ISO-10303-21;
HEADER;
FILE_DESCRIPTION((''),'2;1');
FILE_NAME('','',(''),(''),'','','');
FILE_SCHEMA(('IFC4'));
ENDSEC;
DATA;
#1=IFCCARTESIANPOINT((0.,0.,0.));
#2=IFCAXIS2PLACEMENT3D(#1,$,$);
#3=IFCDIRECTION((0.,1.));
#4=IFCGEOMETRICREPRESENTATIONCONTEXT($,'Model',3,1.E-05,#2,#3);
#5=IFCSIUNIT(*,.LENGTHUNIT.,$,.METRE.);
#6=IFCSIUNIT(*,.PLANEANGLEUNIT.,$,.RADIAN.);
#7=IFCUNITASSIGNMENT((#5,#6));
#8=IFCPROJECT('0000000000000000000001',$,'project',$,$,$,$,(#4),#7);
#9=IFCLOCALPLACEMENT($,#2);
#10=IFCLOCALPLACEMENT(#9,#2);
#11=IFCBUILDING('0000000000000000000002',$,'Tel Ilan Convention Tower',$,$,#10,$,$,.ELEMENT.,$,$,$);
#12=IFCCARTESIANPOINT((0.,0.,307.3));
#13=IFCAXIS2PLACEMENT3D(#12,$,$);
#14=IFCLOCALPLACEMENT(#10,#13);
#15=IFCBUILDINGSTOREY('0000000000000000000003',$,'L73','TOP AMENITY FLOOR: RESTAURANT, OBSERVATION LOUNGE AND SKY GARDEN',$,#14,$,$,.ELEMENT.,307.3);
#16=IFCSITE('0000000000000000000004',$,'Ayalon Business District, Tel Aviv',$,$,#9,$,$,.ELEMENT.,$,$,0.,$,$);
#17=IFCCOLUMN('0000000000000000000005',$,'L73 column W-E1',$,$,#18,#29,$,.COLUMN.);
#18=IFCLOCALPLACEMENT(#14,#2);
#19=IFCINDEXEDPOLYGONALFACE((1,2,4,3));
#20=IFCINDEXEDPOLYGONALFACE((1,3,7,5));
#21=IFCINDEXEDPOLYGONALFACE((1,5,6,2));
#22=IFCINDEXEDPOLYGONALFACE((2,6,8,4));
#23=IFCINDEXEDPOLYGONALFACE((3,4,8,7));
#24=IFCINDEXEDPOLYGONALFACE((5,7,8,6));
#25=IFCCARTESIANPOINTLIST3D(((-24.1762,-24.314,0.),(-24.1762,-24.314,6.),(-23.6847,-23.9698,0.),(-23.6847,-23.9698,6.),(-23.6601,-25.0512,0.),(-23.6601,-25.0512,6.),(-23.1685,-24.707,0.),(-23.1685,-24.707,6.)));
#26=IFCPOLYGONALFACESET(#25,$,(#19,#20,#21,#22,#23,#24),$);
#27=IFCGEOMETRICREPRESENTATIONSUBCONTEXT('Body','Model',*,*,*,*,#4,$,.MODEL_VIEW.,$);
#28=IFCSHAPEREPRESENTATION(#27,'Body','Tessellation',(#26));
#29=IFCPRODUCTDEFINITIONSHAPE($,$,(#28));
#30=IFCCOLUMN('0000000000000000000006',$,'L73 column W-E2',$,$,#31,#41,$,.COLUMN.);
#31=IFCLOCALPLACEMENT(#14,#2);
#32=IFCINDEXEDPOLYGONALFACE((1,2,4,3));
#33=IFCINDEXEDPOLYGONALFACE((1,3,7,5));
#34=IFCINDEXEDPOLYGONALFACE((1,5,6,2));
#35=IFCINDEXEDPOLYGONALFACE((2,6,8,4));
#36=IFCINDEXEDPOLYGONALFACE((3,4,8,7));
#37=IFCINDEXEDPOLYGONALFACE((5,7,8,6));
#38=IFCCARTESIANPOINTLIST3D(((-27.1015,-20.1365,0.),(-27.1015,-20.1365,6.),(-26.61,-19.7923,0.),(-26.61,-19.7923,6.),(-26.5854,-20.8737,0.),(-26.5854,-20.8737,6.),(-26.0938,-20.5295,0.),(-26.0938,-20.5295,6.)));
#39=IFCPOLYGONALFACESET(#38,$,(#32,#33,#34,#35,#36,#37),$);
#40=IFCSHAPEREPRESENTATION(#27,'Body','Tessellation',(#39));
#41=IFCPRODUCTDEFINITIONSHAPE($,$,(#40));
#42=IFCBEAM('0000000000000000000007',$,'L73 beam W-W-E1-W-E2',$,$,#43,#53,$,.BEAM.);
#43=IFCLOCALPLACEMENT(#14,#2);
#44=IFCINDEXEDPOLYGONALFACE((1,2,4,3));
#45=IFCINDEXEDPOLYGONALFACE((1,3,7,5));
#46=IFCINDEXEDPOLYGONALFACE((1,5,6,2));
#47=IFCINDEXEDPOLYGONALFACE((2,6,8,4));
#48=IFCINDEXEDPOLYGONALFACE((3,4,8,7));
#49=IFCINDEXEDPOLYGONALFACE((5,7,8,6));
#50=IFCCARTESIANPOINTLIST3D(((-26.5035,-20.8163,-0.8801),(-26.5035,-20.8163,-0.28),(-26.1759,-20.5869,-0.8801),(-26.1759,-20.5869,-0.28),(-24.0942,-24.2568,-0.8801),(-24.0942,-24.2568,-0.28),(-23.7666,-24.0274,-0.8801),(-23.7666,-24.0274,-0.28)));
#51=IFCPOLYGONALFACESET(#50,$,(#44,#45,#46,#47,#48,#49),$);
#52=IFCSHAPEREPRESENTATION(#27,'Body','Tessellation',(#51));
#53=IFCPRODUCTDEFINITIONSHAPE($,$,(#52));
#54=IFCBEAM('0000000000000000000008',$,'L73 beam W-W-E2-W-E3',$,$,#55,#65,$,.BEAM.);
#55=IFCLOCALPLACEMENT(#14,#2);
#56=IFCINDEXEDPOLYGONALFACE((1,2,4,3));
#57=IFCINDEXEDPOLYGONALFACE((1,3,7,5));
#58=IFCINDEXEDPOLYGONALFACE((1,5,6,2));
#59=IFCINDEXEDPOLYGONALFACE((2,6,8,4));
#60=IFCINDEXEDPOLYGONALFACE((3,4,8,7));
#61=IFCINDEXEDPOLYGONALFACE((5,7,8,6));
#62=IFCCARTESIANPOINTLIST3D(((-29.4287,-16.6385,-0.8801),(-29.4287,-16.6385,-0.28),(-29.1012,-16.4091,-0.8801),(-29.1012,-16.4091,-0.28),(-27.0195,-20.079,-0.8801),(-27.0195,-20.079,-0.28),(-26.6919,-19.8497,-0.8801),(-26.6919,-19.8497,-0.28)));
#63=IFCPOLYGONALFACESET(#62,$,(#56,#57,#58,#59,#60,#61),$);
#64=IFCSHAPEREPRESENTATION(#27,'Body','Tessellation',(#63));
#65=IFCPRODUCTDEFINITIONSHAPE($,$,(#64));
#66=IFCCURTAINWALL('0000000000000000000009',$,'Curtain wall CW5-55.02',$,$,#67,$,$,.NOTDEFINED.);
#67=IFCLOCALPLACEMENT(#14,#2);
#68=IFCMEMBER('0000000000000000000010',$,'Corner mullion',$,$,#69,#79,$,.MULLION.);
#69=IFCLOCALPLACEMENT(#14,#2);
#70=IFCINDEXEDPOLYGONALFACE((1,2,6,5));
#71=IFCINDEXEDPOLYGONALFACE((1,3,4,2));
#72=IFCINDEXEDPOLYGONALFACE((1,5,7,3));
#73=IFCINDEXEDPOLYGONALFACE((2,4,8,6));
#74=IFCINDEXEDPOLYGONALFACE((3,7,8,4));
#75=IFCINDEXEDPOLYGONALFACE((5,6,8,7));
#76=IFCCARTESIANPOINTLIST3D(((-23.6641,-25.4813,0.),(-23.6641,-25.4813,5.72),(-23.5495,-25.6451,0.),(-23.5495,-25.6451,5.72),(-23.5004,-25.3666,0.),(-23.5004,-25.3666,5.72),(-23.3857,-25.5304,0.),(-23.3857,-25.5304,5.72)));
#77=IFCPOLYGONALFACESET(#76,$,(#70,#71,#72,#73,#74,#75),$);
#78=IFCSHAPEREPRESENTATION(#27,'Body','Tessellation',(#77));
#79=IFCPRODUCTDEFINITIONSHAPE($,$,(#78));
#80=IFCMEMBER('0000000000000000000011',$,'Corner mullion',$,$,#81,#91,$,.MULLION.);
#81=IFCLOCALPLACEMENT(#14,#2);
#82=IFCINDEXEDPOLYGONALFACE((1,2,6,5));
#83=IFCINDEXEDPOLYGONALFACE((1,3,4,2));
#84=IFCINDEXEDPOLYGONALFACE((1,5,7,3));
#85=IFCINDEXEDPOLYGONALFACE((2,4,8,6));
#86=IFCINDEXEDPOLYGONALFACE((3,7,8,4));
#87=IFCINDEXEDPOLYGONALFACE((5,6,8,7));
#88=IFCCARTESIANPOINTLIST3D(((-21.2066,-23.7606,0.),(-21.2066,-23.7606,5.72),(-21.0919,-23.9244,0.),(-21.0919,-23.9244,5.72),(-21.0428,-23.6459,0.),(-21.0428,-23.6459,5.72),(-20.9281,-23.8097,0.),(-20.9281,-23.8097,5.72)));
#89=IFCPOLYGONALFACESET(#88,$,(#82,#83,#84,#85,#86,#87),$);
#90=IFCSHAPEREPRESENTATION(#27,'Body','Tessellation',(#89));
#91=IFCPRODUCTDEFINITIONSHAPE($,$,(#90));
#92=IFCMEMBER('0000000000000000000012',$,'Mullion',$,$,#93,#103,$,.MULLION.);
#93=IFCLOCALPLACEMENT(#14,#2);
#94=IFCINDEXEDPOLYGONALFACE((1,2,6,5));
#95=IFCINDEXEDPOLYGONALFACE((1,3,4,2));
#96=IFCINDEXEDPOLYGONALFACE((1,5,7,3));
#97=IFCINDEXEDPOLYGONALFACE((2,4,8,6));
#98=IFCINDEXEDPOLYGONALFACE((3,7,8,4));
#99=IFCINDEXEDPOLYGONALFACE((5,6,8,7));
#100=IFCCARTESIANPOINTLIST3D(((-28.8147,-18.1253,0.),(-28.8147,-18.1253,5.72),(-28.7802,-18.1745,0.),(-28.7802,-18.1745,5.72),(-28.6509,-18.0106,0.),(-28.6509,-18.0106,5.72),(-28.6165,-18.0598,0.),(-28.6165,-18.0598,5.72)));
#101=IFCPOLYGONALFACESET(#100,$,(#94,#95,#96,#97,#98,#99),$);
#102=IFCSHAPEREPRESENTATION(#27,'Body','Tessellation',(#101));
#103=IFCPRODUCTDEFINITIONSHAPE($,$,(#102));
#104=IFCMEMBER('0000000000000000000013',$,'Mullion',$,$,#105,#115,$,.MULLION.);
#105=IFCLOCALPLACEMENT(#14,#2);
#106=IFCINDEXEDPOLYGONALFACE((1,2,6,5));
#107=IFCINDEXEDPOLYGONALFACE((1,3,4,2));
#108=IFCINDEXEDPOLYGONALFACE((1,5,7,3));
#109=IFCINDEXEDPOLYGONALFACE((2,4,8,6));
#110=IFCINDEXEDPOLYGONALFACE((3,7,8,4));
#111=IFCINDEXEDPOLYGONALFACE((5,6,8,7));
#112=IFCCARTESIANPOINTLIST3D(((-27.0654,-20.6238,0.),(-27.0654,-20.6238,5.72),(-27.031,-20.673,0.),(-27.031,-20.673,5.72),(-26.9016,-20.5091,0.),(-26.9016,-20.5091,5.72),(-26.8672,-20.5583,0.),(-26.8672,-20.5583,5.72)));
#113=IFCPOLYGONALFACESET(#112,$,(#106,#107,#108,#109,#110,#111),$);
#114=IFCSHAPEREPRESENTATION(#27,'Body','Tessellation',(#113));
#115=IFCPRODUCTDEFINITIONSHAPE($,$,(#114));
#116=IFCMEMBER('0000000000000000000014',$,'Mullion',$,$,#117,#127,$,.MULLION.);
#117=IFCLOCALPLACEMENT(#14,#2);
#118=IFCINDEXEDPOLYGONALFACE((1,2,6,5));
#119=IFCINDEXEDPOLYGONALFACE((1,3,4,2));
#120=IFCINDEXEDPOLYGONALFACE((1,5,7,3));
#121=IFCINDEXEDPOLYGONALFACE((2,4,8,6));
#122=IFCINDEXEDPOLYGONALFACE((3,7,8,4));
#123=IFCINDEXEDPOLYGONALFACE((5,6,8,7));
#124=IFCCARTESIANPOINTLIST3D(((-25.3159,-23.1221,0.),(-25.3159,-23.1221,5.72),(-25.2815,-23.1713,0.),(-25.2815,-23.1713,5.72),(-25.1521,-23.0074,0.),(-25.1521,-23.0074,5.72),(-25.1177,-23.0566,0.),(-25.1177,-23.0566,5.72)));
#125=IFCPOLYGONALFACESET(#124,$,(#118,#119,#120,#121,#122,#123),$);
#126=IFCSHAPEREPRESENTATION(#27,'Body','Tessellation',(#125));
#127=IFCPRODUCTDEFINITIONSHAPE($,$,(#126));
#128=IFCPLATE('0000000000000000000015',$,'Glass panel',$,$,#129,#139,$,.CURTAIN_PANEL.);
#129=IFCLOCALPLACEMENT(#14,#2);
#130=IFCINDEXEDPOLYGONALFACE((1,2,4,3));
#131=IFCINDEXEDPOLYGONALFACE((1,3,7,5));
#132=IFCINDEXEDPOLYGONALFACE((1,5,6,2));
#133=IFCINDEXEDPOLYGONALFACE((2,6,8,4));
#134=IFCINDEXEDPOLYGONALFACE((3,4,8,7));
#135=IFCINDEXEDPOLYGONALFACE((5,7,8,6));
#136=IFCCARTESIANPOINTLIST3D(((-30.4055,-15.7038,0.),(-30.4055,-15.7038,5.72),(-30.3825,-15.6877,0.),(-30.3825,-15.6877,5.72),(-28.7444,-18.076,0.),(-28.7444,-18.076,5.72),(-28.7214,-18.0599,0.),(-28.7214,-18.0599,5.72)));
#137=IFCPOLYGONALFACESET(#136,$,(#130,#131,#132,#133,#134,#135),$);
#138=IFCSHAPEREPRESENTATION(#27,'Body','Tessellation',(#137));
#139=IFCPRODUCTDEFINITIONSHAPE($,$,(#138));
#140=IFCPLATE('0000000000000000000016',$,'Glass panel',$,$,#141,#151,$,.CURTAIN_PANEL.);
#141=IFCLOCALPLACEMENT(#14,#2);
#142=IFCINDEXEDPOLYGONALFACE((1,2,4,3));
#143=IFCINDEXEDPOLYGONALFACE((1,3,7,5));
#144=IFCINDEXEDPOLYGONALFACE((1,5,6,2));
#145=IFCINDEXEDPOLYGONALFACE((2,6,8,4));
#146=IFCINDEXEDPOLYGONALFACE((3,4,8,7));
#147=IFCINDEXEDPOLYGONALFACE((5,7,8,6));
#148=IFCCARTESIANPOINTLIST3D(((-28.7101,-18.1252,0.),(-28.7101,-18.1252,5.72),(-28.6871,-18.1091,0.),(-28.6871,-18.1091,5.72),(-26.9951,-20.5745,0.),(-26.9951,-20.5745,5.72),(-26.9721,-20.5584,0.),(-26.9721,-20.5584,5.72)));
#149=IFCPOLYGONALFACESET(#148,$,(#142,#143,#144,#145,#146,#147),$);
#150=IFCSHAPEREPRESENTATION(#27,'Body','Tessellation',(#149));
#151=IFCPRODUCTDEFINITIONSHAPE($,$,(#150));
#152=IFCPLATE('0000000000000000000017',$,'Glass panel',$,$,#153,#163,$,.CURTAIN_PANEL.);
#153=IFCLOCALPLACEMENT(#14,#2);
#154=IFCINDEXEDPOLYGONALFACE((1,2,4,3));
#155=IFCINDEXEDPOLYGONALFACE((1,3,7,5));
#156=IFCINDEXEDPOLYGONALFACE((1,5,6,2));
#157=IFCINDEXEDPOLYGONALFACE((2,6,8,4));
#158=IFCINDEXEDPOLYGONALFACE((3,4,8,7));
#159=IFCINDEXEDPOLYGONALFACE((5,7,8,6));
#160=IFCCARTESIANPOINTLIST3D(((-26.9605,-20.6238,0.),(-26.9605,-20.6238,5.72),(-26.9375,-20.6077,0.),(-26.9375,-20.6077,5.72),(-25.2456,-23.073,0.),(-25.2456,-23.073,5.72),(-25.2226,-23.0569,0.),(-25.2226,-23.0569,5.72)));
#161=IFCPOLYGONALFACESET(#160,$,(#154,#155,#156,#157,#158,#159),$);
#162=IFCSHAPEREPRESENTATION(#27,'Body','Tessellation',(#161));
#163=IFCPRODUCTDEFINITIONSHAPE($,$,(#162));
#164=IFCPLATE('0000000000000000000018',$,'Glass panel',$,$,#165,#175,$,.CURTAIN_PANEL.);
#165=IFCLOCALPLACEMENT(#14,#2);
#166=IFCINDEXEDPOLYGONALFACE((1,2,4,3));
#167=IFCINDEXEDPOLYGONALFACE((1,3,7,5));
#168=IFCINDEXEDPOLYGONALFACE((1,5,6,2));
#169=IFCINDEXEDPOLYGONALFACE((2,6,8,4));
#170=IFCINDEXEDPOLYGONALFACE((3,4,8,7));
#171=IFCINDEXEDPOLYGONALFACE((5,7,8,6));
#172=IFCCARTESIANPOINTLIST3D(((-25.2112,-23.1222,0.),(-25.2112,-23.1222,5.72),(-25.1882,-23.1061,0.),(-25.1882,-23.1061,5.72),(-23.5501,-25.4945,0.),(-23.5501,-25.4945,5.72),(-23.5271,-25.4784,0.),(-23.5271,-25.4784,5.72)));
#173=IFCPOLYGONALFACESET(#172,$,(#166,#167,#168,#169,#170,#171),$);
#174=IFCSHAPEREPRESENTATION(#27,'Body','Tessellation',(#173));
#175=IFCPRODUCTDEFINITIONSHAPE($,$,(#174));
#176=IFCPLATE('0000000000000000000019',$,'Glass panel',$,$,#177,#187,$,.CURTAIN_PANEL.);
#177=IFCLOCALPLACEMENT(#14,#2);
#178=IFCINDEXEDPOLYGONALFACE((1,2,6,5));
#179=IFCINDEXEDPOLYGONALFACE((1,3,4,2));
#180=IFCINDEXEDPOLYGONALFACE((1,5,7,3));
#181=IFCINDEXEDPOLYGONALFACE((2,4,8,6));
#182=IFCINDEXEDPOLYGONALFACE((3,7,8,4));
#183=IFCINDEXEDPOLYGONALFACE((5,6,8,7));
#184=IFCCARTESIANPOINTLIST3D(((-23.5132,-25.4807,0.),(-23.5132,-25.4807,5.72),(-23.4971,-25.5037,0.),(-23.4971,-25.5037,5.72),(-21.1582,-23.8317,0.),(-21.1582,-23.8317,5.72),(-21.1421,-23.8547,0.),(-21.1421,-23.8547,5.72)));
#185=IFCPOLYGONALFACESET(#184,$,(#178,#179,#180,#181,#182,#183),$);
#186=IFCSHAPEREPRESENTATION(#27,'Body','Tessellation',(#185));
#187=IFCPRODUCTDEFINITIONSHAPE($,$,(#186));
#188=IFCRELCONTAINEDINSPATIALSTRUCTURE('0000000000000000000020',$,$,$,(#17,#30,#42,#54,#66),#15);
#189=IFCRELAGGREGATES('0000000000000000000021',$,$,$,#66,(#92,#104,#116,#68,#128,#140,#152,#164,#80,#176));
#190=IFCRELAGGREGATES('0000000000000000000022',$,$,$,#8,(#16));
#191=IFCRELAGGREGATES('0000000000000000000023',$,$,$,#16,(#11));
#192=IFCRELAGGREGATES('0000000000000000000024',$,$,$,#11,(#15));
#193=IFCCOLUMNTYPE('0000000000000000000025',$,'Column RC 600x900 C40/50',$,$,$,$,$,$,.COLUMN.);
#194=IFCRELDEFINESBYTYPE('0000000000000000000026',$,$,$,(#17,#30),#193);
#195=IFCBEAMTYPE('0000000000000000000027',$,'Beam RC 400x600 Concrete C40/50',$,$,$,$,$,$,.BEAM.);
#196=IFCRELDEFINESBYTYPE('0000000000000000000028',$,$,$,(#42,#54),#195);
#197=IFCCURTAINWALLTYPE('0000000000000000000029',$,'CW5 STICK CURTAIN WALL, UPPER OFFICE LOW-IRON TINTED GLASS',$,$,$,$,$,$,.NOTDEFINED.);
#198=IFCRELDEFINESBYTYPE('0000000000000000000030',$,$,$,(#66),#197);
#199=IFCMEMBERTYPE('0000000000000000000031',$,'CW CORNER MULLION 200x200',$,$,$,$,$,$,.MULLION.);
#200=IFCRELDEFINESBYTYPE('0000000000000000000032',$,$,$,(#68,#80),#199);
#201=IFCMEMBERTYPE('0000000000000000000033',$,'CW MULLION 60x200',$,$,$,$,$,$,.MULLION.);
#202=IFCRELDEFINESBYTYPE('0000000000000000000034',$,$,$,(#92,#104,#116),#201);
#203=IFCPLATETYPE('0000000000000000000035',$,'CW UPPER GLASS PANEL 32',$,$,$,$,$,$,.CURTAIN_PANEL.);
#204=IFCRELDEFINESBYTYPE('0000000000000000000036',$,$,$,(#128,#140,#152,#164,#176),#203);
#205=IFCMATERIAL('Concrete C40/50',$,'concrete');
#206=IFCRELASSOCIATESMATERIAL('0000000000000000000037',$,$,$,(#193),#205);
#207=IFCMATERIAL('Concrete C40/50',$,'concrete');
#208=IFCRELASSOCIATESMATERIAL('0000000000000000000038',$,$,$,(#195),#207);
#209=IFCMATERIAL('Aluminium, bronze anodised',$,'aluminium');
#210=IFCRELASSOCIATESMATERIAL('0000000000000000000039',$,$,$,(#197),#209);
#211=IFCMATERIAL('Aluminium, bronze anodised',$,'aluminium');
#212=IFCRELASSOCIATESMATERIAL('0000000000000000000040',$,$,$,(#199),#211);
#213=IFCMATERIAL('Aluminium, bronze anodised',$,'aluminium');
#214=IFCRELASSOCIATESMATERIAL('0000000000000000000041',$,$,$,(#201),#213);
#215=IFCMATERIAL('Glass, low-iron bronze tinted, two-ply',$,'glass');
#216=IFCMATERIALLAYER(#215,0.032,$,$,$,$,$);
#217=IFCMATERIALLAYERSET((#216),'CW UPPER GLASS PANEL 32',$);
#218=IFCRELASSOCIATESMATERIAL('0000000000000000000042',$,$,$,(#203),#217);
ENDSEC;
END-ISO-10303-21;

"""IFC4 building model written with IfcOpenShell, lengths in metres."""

from ifc_helpers import new_model, si_unit, direction, frame, origin, origin_2d, place, context, subcontext, project, spatial, rectangle, extrude, material, layer, layer_set, material_profile, profile_set, type_object, element, aggregate, save


model = new_model("IFC4")

# Units and contexts
model_context = context("Model", 3, precision=1e-05, world=origin(), true_north=direction((0.0, 1.0)))
body_context = subcontext(model_context, "Body", "Model", "MODEL_VIEW")
ifc_project = project(units=[si_unit("LENGTHUNIT", "METRE"), si_unit("PLANEANGLEUNIT", "RADIAN")], contexts=[model_context])

# Site, building, storey
site_placement = place(None, origin())
site = spatial("IfcSite", under=ifc_project, at=site_placement, Name="Ayalon Business District, Tel Aviv", CompositionType="ELEMENT", RefElevation=0.0)
building_placement = place(site_placement, origin())
building = spatial("IfcBuilding", under=site, at=building_placement, Name="Tel Ilan Convention Tower", CompositionType="ELEMENT")
storey_placement = place(building_placement, frame((0.0, 0.0, 307.3)))
storey = spatial("IfcBuildingStorey", under=building, at=storey_placement, Name="L73", Description="TOP AMENITY FLOOR: RESTAURANT, OBSERVATION LOUNGE AND SKY GARDEN", CompositionType="ELEMENT", Elevation=307.3)

# Columns
ifc_material_1 = material(Name="Concrete C40/50", Category="concrete")
ifc_material_profile_1 = material_profile(ifc_material_1, rectangle(XDim=0.8999, YDim=0.6001, at=origin_2d()), Name="RC 600x900")
ifc_profile_set_1 = profile_set([ifc_material_profile_1], Name="Concrete C40/50")
column_type = type_object("IfcColumnType", Name="Column RC 600x900 C40/50", PredefinedType="COLUMN", material=ifc_profile_set_1)
for number, where, z_axis, x_axis, name in (
    (1, (-23.6724, -24.5105, 0.0), (0.0, 0.0, 1.0), (-0.573576, 0.819152, 0.0), "L73 column W-E1"),
    (2, (-26.5977, -20.333, 0.0), (0.0, 0.0, 1.0), (-0.573576, 0.819152, 0.0), "L73 column W-E2"),
):
    element("IfcColumn", number, at=place(storey_placement, frame(where, z_axis=z_axis, x_axis=x_axis)), inside=storey, type_object=column_type, Name=name, PredefinedType="COLUMN", context=body_context, shape_type="SweptSolid", body=[
        extrude(rectangle(XDim=0.8999, YDim=0.6001, at=origin_2d()), origin(), (0.0, 0.0, 1.0), 6.0),
    ])

# Beams
ifc_material_2 = material(Name="Concrete C40/50", Category="concrete")
ifc_material_profile_2 = material_profile(ifc_material_2, rectangle(XDim=0.3999, YDim=0.6001, at=origin_2d()), Name="RC 400x600")
ifc_profile_set_2 = profile_set([ifc_material_profile_2], Name="Concrete C40/50")
beam_type = type_object("IfcBeamType", Name="Beam RC 400x600 Concrete C40/50", PredefinedType="BEAM", material=ifc_profile_set_2)
for number, where, z_axis, x_axis, name in (
    (3, (-23.9304, -24.1421, -0.5801), (-0.573603, 0.819134, 0.0), (-0.819134, -0.573603, 0.0), "L73 beam W-W-E1-W-E2"),
    (4, (-26.8557, -19.9644, -0.5801), (-0.573603, 0.819134, 0.0), (-0.819134, -0.573603, 0.0), "L73 beam W-W-E2-W-E3"),
):
    element("IfcBeam", number, at=place(storey_placement, frame(where, z_axis=z_axis, x_axis=x_axis)), inside=storey, type_object=beam_type, Name=name, PredefinedType="BEAM", context=body_context, shape_type="SweptSolid", body=[
        extrude(rectangle(XDim=0.3999, YDim=0.6001, at=origin_2d()), origin(), (0.0, 0.0, 1.0), 4.2002),
    ])

# Curtain wall, members, plates
ifc_material_3 = material(Name="Aluminium, bronze anodised", Category="aluminium")
curtain_wall_type = type_object("IfcCurtainWallType", Name="CW5 STICK CURTAIN WALL, UPPER OFFICE LOW-IRON TINTED GLASS", PredefinedType="NOTDEFINED", material=ifc_material_3)
curtain_wall_placement = place(storey_placement, origin())
curtain_wall = element("IfcCurtainWall", 5, at=curtain_wall_placement, inside=storey, type_object=curtain_wall_type, Name="Curtain wall CW5-55.02", PredefinedType="NOTDEFINED")
ifc_material_4 = material(Name="Aluminium, bronze anodised", Category="aluminium")
ifc_material_profile_3 = material_profile(ifc_material_4, rectangle(XDim=0.2, YDim=0.2, at=origin_2d()), Name="CW CORNER MULLION 200x200")
ifc_profile_set_3 = profile_set([ifc_material_profile_3], Name="Aluminium, bronze anodised")
member_type_1 = type_object("IfcMemberType", Name="CW CORNER MULLION 200x200", PredefinedType="MULLION", material=ifc_profile_set_3)
member_1_placement = place(storey_placement, frame((-23.5249, -25.5059, 0.0), z_axis=(0.0, 0.0, 1.0), x_axis=(0.573576, -0.819152, 0.0)))
member_1 = element("IfcMember", 6, at=member_1_placement, type_object=member_type_1, Name="Corner mullion", PredefinedType="MULLION", context=body_context, shape_type="SweptSolid", body=[
    extrude(rectangle(XDim=0.2, YDim=0.2, at=origin_2d()), origin(), (0.0, 0.0, 1.0), 5.72),
])
member_2_placement = place(storey_placement, frame((-21.0674, -23.7852, 0.0), z_axis=(0.0, 0.0, 1.0), x_axis=(0.819152, 0.573576, 0.0)))
member_2 = element("IfcMember", 7, at=member_2_placement, type_object=member_type_1, Name="Corner mullion", PredefinedType="MULLION", context=body_context, shape_type="SweptSolid", body=[
    extrude(rectangle(XDim=0.2, YDim=0.2, at=origin_2d()), origin(), (0.0, 0.0, 1.0), 5.72),
])
ifc_material_5 = material(Name="Aluminium, bronze anodised", Category="aluminium")
ifc_material_profile_4 = material_profile(ifc_material_5, rectangle(XDim=0.0601, YDim=0.2, at=origin_2d()), Name="CW MULLION 60x200")
ifc_profile_set_4 = profile_set([ifc_material_profile_4], Name="Aluminium, bronze anodised")
member_type_2 = type_object("IfcMemberType", Name="CW MULLION 60x200", PredefinedType="MULLION", material=ifc_profile_set_4)
member_3_placement = place(storey_placement, frame((-28.7156, -18.0925, 0.0), z_axis=(0.0, 0.0, 1.0), x_axis=(0.573576, -0.819152, 0.0)))
member_3 = element("IfcMember", 8, at=member_3_placement, type_object=member_type_2, Name="Mullion", PredefinedType="MULLION", context=body_context, shape_type="SweptSolid", body=[
    extrude(rectangle(XDim=0.0601, YDim=0.2, at=origin_2d()), origin(), (0.0, 0.0, 1.0), 5.72),
])
member_4_placement = place(storey_placement, frame((-26.9663, -20.5911, 0.0), z_axis=(0.0, 0.0, 1.0), x_axis=(0.573576, -0.819152, 0.0)))
member_4 = element("IfcMember", 9, at=member_4_placement, type_object=member_type_2, Name="Mullion", PredefinedType="MULLION", context=body_context, shape_type="SweptSolid", body=[
    extrude(rectangle(XDim=0.0601, YDim=0.2, at=origin_2d()), origin(), (0.0, 0.0, 1.0), 5.72),
])
member_5_placement = place(storey_placement, frame((-25.2168, -23.0894, 0.0), z_axis=(0.0, 0.0, 1.0), x_axis=(0.573576, -0.819152, 0.0)))
member_5 = element("IfcMember", 10, at=member_5_placement, type_object=member_type_2, Name="Mullion", PredefinedType="MULLION", context=body_context, shape_type="SweptSolid", body=[
    extrude(rectangle(XDim=0.0601, YDim=0.2, at=origin_2d()), origin(), (0.0, 0.0, 1.0), 5.72),
])
ifc_material_6 = material(Name="Glass, low-iron bronze tinted, two-ply", Category="glass")
ifc_layer_1 = layer(ifc_material_6, 0.032)
ifc_layer_set_1 = layer_set([ifc_layer_1], Name="CW UPPER GLASS PANEL 32")
plate_type = type_object("IfcPlateType", Name="CW UPPER GLASS PANEL 32", PredefinedType="CURTAIN_PANEL", material=ifc_layer_set_1)
plate_1_placement = place(storey_placement, frame((-29.5635, -16.8818, 0.0), z_axis=(0.0, 0.0, 1.0), x_axis=(0.573576, -0.819152, 0.0)))
plate_1 = element("IfcPlate", 11, at=plate_1_placement, type_object=plate_type, Name="Glass panel", PredefinedType="CURTAIN_PANEL", context=body_context, shape_type="SweptSolid", body=[
    extrude(rectangle(XDim=2.896, YDim=0.0281, at=origin_2d()), origin(), (0.0, 0.0, 1.0), 5.72),
])
plate_2_placement = place(storey_placement, frame((-27.8411, -19.3418, 0.0), z_axis=(0.0, 0.0, 1.0), x_axis=(0.573576, -0.819152, 0.0)))
plate_2 = element("IfcPlate", 12, at=plate_2_placement, type_object=plate_type, Name="Glass panel", PredefinedType="CURTAIN_PANEL", context=body_context, shape_type="SweptSolid", body=[
    extrude(rectangle(XDim=2.99, YDim=0.0281, at=origin_2d()), origin(), (0.0, 0.0, 1.0), 5.72),
])
plate_3_placement = place(storey_placement, frame((-26.0916, -21.8403, 0.0), z_axis=(0.0, 0.0, 1.0), x_axis=(0.573576, -0.819152, 0.0)))
plate_3 = element("IfcPlate", 13, at=plate_3_placement, type_object=plate_type, Name="Glass panel", PredefinedType="CURTAIN_PANEL", context=body_context, shape_type="SweptSolid", body=[
    extrude(rectangle(XDim=2.99, YDim=0.0281, at=origin_2d()), origin(), (0.0, 0.0, 1.0), 5.72),
])
plate_4_placement = place(storey_placement, frame((-24.3691, -24.3003, 0.0), z_axis=(0.0, 0.0, 1.0), x_axis=(0.573576, -0.819152, 0.0)))
plate_4 = element("IfcPlate", 14, at=plate_4_placement, type_object=plate_type, Name="Glass panel", PredefinedType="CURTAIN_PANEL", context=body_context, shape_type="SweptSolid", body=[
    extrude(rectangle(XDim=2.896, YDim=0.0281, at=origin_2d()), origin(), (0.0, 0.0, 1.0), 5.72),
])
plate_5_placement = place(storey_placement, frame((-22.3276, -24.6677, 0.0), z_axis=(0.0, 0.0, 1.0), x_axis=(0.819152, 0.573576, 0.0)))
plate_5 = element("IfcPlate", 15, at=plate_5_placement, type_object=plate_type, Name="Glass panel", PredefinedType="CURTAIN_PANEL", context=body_context, shape_type="SweptSolid", body=[
    extrude(rectangle(XDim=2.875, YDim=0.0281, at=origin_2d()), origin(), (0.0, 0.0, 1.0), 5.72),
])
aggregate(curtain_wall, [member_3, member_4, member_5, member_1, plate_1, plate_2, plate_3, plate_4, member_2, plate_5])

save(model, "model.ifc")
